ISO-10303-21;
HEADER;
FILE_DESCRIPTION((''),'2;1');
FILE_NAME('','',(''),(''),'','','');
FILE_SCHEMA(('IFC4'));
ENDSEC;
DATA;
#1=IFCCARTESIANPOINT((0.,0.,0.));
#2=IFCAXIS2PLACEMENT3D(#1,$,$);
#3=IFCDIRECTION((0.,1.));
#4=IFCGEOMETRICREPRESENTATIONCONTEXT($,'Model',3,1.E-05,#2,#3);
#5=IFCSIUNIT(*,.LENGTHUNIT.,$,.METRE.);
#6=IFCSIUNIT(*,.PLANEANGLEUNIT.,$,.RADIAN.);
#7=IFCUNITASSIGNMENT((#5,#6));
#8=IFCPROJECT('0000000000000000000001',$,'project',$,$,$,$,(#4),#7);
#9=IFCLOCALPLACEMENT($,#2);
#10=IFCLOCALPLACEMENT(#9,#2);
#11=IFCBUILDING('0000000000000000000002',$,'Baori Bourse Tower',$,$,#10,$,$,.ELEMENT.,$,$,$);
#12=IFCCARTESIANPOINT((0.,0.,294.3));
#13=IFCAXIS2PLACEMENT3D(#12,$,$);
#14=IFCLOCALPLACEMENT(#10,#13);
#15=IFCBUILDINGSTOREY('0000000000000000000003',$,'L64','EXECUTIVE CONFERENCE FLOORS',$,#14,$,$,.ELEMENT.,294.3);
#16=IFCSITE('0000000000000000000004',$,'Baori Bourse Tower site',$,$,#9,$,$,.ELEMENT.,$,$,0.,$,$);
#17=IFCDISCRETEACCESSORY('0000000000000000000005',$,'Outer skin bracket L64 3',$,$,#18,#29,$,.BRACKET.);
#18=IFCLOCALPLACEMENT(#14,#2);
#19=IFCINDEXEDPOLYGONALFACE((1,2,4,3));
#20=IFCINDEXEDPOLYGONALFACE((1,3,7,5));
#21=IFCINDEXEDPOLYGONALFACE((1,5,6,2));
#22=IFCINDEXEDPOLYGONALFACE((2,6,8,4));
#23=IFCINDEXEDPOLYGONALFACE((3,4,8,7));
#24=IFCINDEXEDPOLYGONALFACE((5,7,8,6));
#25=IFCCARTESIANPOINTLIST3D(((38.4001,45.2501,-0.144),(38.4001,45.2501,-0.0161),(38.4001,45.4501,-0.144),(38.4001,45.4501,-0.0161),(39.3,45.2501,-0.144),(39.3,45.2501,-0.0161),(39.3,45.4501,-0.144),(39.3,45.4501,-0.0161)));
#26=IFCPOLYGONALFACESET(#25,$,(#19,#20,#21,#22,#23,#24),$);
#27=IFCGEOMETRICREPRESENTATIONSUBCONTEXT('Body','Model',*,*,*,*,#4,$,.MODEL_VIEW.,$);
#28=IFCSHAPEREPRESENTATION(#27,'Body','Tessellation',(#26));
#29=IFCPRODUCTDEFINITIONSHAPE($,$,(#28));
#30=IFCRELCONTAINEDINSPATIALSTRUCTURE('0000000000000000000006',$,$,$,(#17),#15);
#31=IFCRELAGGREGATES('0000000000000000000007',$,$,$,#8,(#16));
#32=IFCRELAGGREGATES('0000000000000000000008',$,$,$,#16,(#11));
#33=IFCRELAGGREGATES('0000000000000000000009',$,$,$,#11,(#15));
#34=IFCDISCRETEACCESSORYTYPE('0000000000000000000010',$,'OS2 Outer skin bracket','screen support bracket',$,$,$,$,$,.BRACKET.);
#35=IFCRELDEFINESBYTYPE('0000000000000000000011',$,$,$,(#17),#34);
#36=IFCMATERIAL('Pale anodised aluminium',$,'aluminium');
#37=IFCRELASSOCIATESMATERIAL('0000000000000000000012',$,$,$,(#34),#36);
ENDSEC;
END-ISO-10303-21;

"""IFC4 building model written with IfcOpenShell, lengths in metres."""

from ifc_helpers import new_model, si_unit, direction, frame, origin, origin_2d, place, context, subcontext, project, spatial, rectangle, extrude, material, type_object, element, save


model = new_model("IFC4")

# Units and contexts
model_context = context("Model", 3, precision=1e-05, world=origin(), true_north=direction((0.0, 1.0)))
body_context = subcontext(model_context, "Body", "Model", "MODEL_VIEW")
ifc_project = project(units=[si_unit("LENGTHUNIT", "METRE"), si_unit("PLANEANGLEUNIT", "RADIAN")], contexts=[model_context])

# Site, building, storey
site_placement = place(None, origin())
site = spatial("IfcSite", under=ifc_project, at=site_placement, Name="Baori Bourse Tower site", CompositionType="ELEMENT", RefElevation=0.0)
building_placement = place(site_placement, origin())
building = spatial("IfcBuilding", under=site, at=building_placement, Name="Baori Bourse Tower", CompositionType="ELEMENT")
storey_placement = place(building_placement, frame((0.0, 0.0, 294.3)))
storey = spatial("IfcBuildingStorey", under=building, at=storey_placement, Name="L64", Description="EXECUTIVE CONFERENCE FLOORS", CompositionType="ELEMENT", Elevation=294.3)

# Discrete accessory
ifc_material_1 = material(Name="Pale anodised aluminium", Category="aluminium")
discrete_accessory_type = type_object("IfcDiscreteAccessoryType", Name="OS2 Outer skin bracket", Description="screen support bracket", PredefinedType="BRACKET", material=ifc_material_1)
for number, where, z_axis, x_axis, name in (
    (1, (38.8501, 45.3501, -0.144), (0.0, 0.0, 1.0), (0.0, 1.0, 0.0), "Outer skin bracket L64 3"),
):
    element("IfcDiscreteAccessory", number, at=place(storey_placement, frame(where, z_axis=z_axis, x_axis=x_axis)), inside=storey, type_object=discrete_accessory_type, Name=name, PredefinedType="BRACKET", context=body_context, shape_type="SweptSolid", body=[
        extrude(rectangle(XDim=0.2, YDim=0.8999, at=origin_2d()), origin(), (0.0, 0.0, 1.0), 0.1279),
    ])

save(model, "model.ifc")
